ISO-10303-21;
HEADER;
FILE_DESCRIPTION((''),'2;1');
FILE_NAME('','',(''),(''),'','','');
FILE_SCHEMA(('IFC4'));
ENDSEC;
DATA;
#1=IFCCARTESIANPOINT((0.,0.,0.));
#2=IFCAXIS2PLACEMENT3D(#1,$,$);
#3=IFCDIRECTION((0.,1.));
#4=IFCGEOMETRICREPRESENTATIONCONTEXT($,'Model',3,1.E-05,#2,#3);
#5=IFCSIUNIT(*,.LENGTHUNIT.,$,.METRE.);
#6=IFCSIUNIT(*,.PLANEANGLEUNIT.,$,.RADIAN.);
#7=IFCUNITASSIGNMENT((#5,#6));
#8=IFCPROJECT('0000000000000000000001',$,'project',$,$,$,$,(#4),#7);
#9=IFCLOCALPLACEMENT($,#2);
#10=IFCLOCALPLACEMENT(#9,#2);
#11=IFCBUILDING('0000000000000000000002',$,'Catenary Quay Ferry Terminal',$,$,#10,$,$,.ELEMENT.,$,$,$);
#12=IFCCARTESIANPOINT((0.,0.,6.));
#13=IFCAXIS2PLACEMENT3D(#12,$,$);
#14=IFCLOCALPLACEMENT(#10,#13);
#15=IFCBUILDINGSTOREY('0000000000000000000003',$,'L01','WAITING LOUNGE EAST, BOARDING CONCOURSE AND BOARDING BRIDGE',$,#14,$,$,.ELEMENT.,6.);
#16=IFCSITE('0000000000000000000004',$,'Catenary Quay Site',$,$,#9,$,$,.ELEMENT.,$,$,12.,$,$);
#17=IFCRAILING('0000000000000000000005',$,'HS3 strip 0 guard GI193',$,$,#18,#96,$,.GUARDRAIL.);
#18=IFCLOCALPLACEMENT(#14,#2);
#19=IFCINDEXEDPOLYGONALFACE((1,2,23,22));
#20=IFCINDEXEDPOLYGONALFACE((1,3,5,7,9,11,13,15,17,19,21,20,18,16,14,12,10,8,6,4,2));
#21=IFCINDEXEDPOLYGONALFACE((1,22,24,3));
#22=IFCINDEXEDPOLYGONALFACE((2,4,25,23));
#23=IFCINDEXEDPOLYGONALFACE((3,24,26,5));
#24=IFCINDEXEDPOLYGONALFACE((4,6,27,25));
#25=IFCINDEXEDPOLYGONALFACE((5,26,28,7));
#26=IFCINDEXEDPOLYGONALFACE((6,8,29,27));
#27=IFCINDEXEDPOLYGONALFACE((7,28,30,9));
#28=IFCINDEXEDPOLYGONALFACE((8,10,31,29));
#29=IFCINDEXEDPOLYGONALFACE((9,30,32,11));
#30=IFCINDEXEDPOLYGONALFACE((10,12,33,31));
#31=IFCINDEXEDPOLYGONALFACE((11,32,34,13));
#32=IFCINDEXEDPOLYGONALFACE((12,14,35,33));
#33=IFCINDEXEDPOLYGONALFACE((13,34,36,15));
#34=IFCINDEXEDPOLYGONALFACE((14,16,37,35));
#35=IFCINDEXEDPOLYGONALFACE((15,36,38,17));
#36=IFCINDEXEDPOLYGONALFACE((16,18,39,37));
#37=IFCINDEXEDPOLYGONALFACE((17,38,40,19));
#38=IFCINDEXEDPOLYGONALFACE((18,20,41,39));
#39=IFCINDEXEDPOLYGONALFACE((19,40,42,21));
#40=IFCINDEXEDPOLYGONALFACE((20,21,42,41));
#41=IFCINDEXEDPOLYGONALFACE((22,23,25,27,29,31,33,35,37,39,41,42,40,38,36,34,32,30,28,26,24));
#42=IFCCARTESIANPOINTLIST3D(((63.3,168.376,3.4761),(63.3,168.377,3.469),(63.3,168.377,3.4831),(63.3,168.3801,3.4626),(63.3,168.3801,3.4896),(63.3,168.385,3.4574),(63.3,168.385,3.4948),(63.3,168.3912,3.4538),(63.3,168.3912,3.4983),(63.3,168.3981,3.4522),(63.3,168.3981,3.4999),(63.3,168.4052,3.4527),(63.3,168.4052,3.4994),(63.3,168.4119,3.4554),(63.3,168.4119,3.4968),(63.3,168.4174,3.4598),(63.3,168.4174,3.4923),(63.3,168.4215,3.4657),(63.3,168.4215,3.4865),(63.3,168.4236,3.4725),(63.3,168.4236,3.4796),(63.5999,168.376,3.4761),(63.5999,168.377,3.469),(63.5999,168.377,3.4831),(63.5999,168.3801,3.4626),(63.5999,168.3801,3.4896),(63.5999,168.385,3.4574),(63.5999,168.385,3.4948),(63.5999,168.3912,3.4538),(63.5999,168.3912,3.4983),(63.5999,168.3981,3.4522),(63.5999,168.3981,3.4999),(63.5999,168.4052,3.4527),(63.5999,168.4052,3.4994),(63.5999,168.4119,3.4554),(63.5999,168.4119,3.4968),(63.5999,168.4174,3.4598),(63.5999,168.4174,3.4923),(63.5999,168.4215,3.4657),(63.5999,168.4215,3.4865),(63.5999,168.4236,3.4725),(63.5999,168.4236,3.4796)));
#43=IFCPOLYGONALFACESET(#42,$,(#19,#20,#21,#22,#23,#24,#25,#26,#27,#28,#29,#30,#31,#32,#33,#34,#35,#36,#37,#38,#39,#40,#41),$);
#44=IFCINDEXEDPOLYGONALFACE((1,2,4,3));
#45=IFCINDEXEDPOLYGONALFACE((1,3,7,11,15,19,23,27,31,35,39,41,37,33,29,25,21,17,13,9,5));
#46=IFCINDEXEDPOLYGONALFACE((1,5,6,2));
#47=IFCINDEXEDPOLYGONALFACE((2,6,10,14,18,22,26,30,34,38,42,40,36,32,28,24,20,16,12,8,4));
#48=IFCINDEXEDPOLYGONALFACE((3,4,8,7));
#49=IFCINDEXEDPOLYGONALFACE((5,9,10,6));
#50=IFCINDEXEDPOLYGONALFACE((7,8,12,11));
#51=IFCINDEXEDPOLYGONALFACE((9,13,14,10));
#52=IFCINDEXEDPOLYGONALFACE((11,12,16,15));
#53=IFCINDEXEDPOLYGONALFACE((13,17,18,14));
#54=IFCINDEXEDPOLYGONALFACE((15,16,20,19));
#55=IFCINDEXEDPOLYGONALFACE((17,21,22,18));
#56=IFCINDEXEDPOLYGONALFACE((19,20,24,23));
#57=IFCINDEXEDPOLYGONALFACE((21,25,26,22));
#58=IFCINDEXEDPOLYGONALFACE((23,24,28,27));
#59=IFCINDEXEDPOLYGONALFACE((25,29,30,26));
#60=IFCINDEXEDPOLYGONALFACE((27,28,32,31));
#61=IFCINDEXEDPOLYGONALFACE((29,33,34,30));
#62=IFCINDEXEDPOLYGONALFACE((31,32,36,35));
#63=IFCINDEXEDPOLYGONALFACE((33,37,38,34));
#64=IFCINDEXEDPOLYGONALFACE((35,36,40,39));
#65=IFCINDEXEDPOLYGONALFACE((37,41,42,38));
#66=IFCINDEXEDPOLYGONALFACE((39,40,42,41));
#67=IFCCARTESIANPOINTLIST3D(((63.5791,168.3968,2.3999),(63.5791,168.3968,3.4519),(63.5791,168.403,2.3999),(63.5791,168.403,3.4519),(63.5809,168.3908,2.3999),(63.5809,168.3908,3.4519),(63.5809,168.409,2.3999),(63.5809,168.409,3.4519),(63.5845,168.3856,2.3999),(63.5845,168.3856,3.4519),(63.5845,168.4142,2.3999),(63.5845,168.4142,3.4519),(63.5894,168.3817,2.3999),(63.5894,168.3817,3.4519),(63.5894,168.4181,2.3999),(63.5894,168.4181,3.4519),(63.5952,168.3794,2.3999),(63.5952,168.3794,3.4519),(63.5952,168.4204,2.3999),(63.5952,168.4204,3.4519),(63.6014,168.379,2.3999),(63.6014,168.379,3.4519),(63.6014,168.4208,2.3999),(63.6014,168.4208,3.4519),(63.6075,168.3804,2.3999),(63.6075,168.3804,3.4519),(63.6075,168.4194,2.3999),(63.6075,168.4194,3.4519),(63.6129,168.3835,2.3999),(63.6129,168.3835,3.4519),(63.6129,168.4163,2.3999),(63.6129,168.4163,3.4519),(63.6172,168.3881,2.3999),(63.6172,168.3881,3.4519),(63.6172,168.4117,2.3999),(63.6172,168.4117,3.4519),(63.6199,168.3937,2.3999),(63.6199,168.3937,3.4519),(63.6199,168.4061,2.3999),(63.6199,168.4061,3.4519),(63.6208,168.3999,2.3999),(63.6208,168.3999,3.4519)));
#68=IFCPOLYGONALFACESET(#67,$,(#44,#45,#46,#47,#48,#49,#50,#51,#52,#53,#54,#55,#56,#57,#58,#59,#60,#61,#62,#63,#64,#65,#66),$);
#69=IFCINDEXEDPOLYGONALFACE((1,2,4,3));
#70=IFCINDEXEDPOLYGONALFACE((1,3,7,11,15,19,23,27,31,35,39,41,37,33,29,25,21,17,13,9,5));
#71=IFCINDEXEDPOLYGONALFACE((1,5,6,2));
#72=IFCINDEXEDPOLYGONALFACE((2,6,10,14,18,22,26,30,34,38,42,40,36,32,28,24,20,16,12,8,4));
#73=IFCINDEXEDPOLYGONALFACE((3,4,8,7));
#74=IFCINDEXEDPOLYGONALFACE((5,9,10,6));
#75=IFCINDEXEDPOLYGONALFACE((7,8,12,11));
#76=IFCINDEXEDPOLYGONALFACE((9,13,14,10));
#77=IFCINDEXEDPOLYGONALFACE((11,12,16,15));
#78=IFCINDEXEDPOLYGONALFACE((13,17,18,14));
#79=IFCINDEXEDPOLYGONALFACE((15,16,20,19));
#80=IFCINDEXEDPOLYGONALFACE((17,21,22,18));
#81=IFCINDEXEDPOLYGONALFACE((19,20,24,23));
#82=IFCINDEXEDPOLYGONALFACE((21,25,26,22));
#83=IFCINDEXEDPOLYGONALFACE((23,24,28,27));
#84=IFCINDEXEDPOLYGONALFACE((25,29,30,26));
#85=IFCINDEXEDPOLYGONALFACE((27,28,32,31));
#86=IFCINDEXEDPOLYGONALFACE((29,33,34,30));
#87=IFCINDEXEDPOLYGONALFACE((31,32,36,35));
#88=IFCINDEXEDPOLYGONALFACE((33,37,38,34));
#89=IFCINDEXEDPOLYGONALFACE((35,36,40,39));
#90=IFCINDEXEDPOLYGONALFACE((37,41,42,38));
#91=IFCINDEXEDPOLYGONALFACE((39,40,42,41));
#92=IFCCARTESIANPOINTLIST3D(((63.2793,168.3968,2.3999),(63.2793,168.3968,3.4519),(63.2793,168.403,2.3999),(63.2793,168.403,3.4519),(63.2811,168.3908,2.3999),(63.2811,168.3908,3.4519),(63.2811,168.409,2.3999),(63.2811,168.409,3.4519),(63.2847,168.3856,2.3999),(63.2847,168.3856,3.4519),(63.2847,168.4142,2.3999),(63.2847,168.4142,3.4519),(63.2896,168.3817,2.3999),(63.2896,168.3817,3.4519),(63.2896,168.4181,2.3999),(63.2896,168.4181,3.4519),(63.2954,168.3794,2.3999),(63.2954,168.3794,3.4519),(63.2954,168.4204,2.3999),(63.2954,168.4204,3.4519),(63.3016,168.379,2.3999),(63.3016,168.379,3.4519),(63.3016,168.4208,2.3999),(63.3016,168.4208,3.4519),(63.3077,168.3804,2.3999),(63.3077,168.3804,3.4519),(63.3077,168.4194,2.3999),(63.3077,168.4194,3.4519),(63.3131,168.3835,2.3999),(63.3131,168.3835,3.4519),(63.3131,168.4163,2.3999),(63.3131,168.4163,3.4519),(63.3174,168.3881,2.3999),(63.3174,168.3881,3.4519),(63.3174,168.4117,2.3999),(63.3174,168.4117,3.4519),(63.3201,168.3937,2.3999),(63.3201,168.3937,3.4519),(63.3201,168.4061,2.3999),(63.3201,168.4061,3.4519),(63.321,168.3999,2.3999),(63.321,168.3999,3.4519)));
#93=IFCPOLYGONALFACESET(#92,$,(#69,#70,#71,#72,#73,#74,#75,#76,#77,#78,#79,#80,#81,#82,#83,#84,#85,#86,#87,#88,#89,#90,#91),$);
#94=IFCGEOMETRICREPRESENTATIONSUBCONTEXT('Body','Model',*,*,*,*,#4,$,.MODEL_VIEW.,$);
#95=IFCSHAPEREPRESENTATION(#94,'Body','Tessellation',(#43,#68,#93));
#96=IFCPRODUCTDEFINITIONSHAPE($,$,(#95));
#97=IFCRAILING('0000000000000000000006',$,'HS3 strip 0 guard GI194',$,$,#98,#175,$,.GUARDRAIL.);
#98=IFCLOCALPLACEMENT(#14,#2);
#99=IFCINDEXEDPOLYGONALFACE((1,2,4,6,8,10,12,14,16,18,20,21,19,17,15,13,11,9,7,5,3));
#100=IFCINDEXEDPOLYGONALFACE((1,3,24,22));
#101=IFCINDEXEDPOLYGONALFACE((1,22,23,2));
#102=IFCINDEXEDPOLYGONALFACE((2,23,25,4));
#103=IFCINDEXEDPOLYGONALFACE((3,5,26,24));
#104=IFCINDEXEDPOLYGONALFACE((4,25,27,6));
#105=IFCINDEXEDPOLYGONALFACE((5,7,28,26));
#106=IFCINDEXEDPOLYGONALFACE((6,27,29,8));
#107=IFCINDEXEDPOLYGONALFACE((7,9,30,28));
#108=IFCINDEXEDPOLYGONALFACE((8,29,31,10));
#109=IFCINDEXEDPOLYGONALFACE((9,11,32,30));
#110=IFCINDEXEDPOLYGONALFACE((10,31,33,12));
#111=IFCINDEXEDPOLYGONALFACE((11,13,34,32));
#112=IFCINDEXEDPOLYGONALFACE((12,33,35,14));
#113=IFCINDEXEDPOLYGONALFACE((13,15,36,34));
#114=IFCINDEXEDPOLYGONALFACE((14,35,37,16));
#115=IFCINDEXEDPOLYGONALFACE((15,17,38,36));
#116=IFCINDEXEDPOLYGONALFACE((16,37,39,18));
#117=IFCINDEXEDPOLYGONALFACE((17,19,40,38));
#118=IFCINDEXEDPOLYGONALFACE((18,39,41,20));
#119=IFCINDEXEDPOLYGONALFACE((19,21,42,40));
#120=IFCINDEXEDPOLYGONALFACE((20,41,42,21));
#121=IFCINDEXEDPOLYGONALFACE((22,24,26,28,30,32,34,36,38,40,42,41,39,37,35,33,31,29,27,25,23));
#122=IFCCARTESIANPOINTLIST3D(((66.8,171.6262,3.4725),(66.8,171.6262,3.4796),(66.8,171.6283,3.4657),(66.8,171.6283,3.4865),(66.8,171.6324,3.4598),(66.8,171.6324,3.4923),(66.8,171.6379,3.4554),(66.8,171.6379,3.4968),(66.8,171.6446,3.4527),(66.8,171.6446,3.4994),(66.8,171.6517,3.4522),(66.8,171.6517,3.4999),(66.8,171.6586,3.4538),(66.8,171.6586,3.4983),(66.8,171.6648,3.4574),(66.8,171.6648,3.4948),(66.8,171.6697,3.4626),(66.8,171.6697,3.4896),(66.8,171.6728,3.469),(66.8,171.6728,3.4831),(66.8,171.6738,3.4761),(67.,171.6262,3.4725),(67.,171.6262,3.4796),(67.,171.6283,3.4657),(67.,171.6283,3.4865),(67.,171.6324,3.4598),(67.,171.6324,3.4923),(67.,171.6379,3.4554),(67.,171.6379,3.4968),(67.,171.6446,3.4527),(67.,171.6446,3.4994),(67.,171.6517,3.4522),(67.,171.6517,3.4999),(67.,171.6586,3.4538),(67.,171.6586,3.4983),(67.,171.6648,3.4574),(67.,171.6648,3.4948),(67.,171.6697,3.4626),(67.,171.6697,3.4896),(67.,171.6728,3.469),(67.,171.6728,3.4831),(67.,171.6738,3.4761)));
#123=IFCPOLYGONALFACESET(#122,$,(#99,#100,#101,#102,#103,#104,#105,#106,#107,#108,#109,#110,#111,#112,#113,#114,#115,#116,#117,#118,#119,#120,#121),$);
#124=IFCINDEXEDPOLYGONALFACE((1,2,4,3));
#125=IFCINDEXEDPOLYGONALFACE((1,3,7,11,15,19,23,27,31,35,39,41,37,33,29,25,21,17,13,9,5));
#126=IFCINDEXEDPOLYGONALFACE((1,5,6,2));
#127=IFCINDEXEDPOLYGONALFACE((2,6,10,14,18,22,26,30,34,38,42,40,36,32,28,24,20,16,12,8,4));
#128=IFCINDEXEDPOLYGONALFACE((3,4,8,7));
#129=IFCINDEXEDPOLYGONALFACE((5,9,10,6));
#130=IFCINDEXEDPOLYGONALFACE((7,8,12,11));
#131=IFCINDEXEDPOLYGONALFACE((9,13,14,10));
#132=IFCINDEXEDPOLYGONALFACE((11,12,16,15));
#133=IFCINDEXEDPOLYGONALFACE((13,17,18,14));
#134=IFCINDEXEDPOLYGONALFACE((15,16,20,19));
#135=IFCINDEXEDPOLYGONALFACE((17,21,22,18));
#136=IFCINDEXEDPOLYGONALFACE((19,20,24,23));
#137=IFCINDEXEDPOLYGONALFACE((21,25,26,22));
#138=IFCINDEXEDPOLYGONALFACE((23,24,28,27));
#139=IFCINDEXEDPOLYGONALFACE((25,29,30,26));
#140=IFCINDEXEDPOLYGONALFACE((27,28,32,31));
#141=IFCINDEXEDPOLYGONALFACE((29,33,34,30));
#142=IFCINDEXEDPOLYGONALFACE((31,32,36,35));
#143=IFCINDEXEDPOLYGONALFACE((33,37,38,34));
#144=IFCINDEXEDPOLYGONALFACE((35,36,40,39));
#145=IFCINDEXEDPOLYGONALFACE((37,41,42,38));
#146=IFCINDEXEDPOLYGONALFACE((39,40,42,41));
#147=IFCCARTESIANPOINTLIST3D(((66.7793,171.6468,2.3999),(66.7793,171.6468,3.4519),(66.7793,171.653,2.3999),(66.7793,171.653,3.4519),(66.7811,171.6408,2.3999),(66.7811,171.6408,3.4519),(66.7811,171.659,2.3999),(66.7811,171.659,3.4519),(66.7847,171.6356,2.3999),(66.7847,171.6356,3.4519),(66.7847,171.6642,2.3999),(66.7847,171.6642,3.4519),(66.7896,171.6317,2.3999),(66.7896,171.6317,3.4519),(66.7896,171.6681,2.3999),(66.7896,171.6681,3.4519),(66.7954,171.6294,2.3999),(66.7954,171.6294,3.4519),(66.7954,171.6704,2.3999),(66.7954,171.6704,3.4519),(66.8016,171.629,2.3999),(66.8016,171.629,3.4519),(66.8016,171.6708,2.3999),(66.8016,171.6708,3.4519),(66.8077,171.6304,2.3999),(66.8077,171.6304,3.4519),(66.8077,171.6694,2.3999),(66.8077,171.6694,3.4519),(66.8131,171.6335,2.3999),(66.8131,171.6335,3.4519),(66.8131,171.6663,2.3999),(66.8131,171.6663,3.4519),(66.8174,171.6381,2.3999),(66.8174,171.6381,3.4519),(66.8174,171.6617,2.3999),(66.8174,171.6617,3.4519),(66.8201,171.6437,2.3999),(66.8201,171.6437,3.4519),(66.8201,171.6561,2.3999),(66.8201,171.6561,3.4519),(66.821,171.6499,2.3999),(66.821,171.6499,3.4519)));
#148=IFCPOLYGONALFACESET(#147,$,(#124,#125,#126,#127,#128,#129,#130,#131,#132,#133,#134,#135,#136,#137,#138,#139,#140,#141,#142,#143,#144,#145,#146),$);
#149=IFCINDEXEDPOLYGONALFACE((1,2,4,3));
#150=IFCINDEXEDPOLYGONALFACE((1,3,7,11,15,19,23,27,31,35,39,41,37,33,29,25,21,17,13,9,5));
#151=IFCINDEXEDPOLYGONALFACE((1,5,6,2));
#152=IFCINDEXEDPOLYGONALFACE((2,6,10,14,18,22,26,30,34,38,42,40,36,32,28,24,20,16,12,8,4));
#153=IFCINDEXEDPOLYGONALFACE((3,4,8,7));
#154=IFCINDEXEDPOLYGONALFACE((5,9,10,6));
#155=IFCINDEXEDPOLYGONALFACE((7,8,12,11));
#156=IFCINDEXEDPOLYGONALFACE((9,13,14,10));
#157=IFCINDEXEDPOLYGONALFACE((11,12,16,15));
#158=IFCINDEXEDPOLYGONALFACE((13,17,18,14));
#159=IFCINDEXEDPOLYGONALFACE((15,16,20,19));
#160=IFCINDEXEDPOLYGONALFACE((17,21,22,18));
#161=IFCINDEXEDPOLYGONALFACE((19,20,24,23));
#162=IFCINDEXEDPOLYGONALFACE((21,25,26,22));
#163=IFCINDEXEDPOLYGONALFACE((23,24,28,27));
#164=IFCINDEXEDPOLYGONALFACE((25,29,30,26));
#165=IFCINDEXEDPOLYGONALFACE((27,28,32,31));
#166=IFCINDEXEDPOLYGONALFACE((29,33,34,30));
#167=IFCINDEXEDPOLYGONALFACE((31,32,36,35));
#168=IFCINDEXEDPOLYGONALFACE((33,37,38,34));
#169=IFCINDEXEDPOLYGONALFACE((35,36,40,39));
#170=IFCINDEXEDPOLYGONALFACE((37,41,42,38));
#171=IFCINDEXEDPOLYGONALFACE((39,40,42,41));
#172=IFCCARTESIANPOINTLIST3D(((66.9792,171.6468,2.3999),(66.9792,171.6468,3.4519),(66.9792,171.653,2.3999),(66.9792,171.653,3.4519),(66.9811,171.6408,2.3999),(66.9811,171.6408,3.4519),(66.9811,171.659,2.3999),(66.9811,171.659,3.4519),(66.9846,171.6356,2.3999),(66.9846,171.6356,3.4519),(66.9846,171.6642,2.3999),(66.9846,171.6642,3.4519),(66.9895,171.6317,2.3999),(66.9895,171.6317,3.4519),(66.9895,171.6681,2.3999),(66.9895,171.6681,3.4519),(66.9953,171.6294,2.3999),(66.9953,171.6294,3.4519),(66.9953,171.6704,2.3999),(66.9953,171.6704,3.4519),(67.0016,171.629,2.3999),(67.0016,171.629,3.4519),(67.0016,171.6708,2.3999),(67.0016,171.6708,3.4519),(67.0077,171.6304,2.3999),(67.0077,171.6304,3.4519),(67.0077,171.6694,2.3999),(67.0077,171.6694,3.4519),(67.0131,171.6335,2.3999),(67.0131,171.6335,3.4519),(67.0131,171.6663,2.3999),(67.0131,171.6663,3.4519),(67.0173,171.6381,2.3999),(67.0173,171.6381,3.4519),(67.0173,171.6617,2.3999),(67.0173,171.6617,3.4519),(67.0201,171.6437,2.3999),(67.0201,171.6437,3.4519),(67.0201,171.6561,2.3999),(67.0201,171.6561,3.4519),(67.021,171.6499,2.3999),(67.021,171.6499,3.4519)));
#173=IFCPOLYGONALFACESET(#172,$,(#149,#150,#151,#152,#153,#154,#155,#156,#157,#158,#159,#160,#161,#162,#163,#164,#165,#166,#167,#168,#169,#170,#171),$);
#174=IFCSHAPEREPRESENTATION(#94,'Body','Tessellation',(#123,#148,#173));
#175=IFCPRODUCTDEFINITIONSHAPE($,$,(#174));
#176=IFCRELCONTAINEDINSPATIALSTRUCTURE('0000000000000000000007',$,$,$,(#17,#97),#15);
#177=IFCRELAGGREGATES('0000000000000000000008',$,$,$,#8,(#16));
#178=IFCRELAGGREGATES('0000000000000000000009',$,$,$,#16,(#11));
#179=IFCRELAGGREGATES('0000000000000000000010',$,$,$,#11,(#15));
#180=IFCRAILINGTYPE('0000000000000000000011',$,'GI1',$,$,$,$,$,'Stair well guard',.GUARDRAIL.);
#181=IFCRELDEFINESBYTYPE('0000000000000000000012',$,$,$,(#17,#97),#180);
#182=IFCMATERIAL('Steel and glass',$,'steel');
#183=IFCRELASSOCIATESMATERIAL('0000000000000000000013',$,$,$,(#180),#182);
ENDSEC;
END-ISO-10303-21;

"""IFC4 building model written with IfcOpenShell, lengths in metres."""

from ifc_helpers import new_model, si_unit, direction, frame, origin, origin_2d, place, context, subcontext, project, spatial, circle, extrude, material, type_object, element, save


model = new_model("IFC4")

# Units and contexts
model_context = context("Model", 3, precision=1e-05, world=origin(), true_north=direction((0.0, 1.0)))
body_context = subcontext(model_context, "Body", "Model", "MODEL_VIEW")
ifc_project = project(units=[si_unit("LENGTHUNIT", "METRE"), si_unit("PLANEANGLEUNIT", "RADIAN")], contexts=[model_context])

# Site, building, storey
site_placement = place(None, origin())
site = spatial("IfcSite", under=ifc_project, at=site_placement, Name="Catenary Quay Site", CompositionType="ELEMENT", RefElevation=12.0)
building_placement = place(site_placement, origin())
building = spatial("IfcBuilding", under=site, at=building_placement, Name="Catenary Quay Ferry Terminal", CompositionType="ELEMENT")
storey_placement = place(building_placement, frame((0.0, 0.0, 6.0)))
storey = spatial("IfcBuildingStorey", under=building, at=storey_placement, Name="L01", Description="WAITING LOUNGE EAST, BOARDING CONCOURSE AND BOARDING BRIDGE", CompositionType="ELEMENT", Elevation=6.0)

# Railings
ifc_material_1 = material(Name="Steel and glass", Category="steel")
railing_type_1 = type_object("IfcRailingType", Name="GI1", ElementType="Stair well guard", PredefinedType="GUARDRAIL", material=ifc_material_1)
railing_1_placement = place(storey_placement, frame((63.5999, 168.3999, 2.3999)))
element("IfcRailing", 1, at=railing_1_placement, inside=storey, type_object=railing_type_1, Name="HS3 strip 0 guard GI193", PredefinedType="GUARDRAIL", context=body_context, shape_type="SweptSolid", body=[
    extrude(circle(Radius=0.0239, at=origin_2d()), frame((0.0, 0.0, 1.0762), z_axis=(-1.0, 0.0, 0.0), x_axis=(0.0, -1.0, 0.0)), (0.0, 0.0, 1.0), 0.2998),
    extrude(circle(Radius=0.021, at=origin_2d()), origin(), (0.0, 0.0, 1.0), 1.052),
    extrude(circle(Radius=0.021, at=origin_2d()), frame((-0.2998, 0.0, 0.0)), (0.0, 0.0, 1.0), 1.052),
])
railing_2_placement = place(storey_placement, frame((66.8, 171.6499, 2.3999)))
element("IfcRailing", 2, at=railing_2_placement, inside=storey, type_object=railing_type_1, Name="HS3 strip 0 guard GI194", PredefinedType="GUARDRAIL", context=body_context, shape_type="SweptSolid", body=[
    extrude(circle(Radius=0.0239, at=origin_2d()), frame((0.0, 0.0, 1.0762), z_axis=(1.0, 0.0, 0.0), x_axis=(0.0, 1.0, 0.0)), (0.0, 0.0, 1.0), 0.2),
    extrude(circle(Radius=0.021, at=origin_2d()), origin(), (0.0, 0.0, 1.0), 1.052),
    extrude(circle(Radius=0.021, at=origin_2d()), frame((0.2, 0.0, 0.0)), (0.0, 0.0, 1.0), 1.052),
])

save(model, "model.ifc")
